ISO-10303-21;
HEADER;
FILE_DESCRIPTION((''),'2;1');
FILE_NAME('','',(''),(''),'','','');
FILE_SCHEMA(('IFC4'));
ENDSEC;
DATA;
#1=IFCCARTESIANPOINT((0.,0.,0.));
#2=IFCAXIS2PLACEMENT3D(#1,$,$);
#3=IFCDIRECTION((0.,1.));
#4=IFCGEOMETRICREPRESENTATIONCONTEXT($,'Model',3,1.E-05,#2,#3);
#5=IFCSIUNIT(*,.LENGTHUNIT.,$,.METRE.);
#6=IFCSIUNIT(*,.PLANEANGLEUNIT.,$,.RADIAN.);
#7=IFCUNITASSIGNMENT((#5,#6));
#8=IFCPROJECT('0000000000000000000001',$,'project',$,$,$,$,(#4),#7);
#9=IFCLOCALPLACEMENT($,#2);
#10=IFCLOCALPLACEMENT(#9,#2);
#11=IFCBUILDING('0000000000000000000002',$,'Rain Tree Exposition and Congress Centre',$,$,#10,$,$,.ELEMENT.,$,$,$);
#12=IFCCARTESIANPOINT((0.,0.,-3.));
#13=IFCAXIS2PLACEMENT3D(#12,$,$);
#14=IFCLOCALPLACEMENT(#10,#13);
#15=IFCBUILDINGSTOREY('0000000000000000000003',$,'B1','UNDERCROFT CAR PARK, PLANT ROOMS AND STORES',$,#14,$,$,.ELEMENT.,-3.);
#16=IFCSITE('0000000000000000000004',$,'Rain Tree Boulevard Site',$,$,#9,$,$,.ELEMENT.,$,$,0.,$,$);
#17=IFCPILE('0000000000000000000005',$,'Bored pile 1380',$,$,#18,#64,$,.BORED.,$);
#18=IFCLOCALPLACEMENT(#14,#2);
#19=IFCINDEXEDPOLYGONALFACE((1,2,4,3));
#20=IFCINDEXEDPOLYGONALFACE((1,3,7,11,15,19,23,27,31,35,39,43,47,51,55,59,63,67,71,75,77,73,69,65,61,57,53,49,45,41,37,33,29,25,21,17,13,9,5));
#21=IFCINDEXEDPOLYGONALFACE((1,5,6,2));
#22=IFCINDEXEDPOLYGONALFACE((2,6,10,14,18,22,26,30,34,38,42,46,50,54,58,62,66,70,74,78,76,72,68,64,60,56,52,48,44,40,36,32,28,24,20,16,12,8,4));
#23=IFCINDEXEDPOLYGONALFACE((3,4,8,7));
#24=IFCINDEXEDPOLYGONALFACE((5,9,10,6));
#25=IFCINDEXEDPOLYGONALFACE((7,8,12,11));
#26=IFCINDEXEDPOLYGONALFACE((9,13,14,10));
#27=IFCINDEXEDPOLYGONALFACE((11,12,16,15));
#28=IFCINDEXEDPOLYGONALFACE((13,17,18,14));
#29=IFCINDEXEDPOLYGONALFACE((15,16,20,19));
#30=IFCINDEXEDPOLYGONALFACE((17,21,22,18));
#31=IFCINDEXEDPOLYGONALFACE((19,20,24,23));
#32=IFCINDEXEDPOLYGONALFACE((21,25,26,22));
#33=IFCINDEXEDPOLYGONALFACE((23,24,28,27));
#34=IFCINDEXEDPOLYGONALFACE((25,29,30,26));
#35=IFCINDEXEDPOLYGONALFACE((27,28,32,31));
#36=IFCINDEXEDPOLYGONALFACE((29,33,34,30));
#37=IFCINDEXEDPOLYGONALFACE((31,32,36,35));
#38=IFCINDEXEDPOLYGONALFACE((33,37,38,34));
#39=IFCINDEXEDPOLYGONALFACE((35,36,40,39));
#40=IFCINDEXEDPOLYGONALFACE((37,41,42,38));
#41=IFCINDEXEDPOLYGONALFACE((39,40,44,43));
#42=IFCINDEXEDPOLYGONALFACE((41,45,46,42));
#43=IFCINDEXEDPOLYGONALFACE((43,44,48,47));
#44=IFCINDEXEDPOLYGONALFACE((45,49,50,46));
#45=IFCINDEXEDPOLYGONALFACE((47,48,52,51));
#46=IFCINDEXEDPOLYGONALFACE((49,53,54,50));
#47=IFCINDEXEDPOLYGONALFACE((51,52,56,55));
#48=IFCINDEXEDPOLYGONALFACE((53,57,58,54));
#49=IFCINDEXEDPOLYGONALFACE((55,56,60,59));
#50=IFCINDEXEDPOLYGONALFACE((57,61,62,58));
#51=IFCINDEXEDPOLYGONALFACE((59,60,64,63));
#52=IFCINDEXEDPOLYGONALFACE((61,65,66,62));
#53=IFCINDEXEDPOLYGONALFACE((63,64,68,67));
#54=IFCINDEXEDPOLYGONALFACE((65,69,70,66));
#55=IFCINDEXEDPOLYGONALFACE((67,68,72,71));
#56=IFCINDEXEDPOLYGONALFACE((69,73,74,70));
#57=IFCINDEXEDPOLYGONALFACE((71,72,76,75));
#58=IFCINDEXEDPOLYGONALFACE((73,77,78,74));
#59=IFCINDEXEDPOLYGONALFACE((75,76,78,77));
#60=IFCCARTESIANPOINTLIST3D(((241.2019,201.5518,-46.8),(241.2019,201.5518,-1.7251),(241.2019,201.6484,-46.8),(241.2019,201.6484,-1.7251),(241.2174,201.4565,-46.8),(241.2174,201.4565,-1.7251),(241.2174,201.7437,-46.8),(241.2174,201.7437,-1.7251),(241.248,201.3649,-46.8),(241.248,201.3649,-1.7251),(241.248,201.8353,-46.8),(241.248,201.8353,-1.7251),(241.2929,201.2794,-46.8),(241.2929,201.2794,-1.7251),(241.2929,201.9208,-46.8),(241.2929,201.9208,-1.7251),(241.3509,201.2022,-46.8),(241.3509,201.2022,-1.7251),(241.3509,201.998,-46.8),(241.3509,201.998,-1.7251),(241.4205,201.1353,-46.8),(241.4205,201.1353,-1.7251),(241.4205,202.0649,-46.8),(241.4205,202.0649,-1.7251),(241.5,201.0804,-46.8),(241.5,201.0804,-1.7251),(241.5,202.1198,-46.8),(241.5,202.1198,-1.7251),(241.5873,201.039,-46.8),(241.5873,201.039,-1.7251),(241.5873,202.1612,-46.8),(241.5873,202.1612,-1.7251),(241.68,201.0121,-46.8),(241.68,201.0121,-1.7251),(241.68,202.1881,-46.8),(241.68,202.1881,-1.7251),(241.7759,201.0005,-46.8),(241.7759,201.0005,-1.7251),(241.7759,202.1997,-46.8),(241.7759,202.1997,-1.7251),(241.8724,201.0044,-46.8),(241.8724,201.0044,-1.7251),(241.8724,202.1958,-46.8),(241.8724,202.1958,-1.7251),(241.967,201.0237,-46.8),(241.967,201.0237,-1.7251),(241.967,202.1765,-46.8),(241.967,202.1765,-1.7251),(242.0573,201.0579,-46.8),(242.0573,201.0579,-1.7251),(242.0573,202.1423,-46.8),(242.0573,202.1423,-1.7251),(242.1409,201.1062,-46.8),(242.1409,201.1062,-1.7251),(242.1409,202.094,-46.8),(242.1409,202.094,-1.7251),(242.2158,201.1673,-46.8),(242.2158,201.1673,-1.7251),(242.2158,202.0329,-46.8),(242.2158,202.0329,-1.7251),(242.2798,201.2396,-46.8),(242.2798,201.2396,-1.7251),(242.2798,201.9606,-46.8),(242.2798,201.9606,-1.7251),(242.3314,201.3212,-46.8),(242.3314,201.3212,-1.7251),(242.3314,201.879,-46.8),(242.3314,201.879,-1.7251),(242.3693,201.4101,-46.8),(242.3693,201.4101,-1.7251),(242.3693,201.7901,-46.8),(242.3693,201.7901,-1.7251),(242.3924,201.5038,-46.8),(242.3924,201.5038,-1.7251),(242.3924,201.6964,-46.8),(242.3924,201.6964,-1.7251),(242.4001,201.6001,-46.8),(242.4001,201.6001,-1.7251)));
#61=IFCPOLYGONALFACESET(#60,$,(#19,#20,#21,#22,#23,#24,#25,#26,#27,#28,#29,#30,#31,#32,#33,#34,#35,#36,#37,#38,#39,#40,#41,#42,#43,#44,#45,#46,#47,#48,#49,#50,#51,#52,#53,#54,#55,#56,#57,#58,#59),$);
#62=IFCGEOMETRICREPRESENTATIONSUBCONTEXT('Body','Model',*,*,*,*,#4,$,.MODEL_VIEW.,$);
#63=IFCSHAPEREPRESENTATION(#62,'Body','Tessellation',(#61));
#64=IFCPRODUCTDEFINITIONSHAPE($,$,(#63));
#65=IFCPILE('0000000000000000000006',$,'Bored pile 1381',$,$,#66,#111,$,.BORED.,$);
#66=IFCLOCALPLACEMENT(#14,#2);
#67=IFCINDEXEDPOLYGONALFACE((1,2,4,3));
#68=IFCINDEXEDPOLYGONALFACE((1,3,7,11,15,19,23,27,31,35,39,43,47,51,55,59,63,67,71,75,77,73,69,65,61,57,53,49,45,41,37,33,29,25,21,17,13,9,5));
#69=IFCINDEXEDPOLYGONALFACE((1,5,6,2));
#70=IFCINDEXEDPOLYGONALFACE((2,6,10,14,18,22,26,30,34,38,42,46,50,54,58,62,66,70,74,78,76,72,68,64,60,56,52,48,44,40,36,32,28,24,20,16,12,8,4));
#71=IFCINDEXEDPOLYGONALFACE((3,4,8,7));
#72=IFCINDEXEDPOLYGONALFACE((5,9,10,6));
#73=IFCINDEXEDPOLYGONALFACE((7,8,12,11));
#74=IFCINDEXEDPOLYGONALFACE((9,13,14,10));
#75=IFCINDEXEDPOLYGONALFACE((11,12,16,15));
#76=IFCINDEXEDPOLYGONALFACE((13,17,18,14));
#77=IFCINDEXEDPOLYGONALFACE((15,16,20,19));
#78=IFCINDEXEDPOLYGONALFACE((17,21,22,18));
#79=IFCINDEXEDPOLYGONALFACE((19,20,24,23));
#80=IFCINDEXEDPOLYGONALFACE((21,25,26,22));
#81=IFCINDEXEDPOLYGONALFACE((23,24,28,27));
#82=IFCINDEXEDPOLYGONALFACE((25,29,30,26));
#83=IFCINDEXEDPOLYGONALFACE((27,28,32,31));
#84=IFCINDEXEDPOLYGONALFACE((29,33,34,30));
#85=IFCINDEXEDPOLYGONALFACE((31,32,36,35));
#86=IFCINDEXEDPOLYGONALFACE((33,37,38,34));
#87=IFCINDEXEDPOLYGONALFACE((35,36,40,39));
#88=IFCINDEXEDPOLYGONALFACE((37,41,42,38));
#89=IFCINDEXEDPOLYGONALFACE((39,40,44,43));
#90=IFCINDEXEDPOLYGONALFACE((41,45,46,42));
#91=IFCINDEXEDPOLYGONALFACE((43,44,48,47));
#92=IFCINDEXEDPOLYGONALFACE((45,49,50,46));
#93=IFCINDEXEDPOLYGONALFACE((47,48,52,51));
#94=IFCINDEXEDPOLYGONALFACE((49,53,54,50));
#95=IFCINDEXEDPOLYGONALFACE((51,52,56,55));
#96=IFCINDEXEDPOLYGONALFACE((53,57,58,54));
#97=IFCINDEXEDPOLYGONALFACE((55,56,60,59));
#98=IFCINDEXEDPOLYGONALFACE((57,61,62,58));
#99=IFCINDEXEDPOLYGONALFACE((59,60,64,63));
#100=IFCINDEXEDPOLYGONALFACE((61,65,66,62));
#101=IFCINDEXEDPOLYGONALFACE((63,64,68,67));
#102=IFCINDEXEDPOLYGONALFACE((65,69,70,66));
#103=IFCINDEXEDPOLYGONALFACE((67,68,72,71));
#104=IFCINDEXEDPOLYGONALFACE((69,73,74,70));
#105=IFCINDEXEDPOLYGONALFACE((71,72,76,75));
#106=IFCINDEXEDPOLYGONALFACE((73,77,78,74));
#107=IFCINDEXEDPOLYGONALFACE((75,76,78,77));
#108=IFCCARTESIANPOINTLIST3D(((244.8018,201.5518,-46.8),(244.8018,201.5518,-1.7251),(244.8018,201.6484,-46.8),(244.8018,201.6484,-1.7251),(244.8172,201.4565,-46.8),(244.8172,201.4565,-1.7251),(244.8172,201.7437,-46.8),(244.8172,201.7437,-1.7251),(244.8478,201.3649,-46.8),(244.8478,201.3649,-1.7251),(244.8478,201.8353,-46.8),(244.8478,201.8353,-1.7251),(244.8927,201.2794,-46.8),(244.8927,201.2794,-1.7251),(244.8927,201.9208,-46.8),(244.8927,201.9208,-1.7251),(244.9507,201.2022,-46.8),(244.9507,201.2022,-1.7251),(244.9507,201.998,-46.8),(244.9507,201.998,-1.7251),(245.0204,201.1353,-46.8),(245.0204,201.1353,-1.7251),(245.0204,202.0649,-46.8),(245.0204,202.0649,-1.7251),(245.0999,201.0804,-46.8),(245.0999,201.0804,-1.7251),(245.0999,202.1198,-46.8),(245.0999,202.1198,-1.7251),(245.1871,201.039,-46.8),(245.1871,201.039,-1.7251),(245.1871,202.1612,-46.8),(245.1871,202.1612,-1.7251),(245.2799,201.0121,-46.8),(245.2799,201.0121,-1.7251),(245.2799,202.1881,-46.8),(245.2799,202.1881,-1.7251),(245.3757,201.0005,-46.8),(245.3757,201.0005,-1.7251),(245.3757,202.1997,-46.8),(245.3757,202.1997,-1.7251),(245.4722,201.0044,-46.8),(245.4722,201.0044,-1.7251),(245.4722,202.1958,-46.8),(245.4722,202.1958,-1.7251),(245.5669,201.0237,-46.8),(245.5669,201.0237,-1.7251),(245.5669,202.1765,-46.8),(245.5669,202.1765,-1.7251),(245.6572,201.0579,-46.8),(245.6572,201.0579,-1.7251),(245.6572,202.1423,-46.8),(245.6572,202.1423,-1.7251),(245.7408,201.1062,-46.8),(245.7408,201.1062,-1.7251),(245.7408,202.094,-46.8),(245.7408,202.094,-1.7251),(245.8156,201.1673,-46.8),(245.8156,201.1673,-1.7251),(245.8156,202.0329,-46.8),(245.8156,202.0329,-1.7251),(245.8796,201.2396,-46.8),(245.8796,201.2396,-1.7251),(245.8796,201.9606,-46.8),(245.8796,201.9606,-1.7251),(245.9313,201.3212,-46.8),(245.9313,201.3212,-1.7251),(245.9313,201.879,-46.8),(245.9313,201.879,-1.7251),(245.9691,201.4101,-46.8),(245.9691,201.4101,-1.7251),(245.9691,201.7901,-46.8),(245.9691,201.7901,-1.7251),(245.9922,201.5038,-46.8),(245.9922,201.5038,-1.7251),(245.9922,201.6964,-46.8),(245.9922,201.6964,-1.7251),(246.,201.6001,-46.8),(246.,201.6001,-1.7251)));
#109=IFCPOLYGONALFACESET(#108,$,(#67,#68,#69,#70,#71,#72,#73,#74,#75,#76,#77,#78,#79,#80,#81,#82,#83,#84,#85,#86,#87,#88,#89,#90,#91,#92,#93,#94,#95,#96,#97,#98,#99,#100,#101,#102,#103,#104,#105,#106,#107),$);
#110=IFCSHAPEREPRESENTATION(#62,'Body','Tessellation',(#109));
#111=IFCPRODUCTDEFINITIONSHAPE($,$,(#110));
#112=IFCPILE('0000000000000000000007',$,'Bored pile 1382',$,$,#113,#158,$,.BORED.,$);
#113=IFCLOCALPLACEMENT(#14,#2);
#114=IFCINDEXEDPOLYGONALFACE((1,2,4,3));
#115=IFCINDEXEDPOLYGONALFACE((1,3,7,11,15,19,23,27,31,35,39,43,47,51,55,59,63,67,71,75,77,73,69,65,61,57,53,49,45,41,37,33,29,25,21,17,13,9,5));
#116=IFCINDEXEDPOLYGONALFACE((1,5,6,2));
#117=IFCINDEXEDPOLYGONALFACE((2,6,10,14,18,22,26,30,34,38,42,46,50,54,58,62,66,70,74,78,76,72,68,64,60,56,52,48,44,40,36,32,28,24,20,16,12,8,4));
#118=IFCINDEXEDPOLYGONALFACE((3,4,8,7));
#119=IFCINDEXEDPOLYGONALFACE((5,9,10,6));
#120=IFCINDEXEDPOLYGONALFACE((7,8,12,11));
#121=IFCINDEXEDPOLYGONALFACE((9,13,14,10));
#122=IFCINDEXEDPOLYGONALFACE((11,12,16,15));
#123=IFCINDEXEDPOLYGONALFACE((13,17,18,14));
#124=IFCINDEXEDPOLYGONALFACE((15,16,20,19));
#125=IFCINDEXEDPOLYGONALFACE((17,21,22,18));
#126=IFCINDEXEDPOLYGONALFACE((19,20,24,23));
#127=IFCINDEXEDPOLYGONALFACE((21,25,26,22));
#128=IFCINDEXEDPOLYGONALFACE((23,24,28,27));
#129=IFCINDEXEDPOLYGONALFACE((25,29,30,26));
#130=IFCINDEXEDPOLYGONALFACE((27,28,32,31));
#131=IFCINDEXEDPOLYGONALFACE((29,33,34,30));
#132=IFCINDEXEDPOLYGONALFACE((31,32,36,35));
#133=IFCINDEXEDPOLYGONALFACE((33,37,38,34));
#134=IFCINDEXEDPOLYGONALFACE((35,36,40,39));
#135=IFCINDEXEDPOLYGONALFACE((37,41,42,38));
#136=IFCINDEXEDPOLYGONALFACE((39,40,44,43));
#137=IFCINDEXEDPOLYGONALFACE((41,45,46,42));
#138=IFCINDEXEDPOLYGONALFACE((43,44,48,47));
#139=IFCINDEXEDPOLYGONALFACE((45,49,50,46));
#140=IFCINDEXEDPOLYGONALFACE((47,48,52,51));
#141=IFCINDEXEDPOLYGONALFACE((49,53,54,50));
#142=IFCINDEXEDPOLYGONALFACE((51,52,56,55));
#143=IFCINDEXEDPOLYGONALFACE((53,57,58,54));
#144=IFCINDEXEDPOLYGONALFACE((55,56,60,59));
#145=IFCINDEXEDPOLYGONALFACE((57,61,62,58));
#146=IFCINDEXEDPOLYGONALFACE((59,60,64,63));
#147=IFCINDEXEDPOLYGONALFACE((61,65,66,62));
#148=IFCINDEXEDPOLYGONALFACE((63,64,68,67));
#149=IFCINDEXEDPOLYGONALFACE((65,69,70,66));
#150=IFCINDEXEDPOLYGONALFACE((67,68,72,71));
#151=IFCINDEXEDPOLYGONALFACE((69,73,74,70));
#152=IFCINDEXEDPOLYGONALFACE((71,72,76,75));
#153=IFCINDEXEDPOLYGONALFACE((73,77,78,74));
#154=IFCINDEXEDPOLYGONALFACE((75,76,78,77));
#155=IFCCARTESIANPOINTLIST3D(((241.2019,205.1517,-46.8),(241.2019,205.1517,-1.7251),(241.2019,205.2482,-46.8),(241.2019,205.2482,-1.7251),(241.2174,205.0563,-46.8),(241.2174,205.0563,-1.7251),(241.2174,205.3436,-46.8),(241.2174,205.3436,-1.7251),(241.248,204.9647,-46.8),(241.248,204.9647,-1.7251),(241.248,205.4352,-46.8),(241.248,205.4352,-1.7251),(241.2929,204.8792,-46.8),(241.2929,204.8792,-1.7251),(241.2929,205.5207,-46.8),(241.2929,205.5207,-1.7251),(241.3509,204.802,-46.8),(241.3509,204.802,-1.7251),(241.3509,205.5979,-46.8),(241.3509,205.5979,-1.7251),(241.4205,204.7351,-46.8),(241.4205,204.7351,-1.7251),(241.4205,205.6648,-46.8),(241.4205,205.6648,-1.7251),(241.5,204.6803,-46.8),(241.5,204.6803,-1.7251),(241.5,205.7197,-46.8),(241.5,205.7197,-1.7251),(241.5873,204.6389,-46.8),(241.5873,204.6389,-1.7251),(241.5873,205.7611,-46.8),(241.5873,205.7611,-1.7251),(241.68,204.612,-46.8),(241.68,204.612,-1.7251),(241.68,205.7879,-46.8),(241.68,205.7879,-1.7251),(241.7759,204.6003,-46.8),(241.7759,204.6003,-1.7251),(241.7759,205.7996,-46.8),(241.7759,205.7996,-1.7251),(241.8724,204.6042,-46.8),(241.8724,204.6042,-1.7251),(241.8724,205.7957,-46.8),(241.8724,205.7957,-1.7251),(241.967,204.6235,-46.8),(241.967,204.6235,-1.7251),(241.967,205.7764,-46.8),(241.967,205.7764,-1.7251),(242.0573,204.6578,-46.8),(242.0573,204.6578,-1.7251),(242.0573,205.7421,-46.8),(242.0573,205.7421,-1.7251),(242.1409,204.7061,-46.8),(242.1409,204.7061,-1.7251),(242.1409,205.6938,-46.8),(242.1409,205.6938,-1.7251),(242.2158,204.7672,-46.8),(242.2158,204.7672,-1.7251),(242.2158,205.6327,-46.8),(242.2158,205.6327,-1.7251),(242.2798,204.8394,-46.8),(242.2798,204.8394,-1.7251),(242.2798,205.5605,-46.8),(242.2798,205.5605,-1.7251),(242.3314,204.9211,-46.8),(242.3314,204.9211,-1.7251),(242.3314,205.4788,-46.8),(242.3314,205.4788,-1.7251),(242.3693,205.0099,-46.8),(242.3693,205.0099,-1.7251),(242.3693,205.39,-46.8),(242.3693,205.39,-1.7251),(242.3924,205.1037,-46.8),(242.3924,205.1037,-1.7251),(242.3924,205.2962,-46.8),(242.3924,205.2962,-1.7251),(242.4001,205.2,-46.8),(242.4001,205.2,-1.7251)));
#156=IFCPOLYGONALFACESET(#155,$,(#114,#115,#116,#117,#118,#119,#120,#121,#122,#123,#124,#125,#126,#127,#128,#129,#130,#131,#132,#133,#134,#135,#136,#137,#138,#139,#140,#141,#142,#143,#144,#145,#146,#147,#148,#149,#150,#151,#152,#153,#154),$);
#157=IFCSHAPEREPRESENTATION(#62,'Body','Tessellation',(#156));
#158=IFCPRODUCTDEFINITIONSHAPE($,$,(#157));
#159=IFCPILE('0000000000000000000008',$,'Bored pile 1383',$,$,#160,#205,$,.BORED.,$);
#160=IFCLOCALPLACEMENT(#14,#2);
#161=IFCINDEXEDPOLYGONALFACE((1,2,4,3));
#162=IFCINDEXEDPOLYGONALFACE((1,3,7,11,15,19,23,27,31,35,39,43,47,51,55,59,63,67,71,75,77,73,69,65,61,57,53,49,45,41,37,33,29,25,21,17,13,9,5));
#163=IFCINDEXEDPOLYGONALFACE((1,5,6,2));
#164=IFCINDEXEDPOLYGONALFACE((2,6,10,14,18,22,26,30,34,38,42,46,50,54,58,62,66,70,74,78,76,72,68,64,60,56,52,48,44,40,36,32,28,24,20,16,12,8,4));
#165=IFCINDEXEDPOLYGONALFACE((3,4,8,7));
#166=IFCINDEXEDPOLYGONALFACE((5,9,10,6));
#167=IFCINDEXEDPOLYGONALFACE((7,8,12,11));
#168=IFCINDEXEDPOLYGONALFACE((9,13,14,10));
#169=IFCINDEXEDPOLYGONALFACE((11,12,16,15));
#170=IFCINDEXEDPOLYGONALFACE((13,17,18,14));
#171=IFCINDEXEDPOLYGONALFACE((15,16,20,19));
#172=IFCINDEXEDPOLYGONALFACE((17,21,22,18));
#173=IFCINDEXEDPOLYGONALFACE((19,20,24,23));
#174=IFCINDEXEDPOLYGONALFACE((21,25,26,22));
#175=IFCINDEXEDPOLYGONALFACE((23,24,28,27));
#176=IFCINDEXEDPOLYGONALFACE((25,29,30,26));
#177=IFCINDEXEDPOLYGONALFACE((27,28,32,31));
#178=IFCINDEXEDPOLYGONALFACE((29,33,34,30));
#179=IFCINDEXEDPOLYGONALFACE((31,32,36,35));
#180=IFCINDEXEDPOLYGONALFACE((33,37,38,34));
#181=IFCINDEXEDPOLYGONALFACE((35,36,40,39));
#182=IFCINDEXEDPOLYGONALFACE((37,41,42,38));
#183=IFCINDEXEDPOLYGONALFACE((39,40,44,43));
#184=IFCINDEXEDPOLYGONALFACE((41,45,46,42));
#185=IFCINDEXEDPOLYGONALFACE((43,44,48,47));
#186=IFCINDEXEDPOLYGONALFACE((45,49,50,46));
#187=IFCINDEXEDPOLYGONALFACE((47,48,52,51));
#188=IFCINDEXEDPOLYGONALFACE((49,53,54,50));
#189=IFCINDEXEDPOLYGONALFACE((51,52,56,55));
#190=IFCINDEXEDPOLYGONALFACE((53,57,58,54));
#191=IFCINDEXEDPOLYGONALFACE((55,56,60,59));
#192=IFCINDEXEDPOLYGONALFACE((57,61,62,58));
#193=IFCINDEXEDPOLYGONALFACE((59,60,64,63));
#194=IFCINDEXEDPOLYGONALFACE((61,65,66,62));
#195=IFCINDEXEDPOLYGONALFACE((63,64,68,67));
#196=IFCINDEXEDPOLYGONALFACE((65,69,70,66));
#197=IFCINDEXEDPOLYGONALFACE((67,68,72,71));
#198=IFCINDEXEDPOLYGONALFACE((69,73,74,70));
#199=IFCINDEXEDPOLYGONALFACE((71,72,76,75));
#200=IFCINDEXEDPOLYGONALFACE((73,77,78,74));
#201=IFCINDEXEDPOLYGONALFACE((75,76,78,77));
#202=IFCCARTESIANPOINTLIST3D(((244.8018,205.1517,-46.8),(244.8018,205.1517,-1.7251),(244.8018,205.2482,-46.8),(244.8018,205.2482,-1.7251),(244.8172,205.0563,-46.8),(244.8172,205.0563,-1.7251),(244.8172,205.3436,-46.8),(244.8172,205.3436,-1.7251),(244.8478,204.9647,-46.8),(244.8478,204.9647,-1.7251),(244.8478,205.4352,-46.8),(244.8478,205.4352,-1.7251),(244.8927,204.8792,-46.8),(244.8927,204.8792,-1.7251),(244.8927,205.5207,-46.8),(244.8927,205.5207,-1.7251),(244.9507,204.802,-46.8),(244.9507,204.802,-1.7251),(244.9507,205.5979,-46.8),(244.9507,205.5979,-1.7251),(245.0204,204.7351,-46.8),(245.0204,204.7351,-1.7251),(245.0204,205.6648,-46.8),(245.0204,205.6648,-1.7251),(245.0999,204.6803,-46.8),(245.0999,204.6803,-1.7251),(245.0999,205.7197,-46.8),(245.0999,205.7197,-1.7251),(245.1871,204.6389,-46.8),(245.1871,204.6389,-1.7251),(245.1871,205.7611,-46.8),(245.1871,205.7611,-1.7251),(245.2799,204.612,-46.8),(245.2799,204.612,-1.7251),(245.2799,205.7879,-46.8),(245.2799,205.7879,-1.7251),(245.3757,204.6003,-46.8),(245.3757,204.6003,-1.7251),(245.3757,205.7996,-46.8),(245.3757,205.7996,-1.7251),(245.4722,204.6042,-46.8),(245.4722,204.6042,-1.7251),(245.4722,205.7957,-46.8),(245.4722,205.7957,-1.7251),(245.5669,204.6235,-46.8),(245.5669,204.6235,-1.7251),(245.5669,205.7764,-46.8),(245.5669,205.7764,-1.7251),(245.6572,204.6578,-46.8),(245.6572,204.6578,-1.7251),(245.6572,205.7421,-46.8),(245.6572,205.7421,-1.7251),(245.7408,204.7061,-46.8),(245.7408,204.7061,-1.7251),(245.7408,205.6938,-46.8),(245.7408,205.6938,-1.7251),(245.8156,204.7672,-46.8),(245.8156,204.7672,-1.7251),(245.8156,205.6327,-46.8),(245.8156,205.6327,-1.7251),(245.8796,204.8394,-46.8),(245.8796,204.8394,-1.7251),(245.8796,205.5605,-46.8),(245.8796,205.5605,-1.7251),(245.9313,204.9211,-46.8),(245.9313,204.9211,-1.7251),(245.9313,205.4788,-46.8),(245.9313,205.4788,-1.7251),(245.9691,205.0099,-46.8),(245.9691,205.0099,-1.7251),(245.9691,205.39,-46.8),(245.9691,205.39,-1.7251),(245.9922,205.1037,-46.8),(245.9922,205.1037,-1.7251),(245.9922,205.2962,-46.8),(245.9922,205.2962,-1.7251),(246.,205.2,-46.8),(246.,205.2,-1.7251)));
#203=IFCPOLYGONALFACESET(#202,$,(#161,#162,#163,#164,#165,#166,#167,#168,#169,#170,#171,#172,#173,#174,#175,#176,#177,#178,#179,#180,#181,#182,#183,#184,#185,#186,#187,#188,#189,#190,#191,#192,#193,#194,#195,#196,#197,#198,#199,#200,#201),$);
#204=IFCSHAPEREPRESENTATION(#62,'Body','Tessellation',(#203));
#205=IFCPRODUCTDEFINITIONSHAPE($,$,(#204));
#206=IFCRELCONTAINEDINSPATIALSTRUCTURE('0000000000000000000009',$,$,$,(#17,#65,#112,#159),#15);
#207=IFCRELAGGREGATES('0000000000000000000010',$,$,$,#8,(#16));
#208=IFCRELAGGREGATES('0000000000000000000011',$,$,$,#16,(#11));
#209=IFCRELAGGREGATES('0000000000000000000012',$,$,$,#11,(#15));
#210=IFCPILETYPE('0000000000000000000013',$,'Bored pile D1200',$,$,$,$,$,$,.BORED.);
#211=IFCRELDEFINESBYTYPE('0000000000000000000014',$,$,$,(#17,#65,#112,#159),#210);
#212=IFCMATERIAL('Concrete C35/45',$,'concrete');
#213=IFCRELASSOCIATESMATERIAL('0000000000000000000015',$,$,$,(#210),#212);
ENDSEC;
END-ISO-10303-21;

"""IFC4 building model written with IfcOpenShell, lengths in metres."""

from ifc_helpers import new_model, si_unit, direction, frame, origin, origin_2d, place, context, subcontext, project, spatial, circle, extrude, material, material_profile, profile_set, type_object, element, save


model = new_model("IFC4")

# Units and contexts
model_context = context("Model", 3, precision=1e-05, world=origin(), true_north=direction((0.0, 1.0)))
body_context = subcontext(model_context, "Body", "Model", "MODEL_VIEW")
ifc_project = project(units=[si_unit("LENGTHUNIT", "METRE"), si_unit("PLANEANGLEUNIT", "RADIAN")], contexts=[model_context])

# Site, building, storey
site_placement = place(None, origin())
site = spatial("IfcSite", under=ifc_project, at=site_placement, Name="Rain Tree Boulevard Site", CompositionType="ELEMENT", RefElevation=0.0)
building_placement = place(site_placement, origin())
building = spatial("IfcBuilding", under=site, at=building_placement, Name="Rain Tree Exposition and Congress Centre", CompositionType="ELEMENT")
storey_placement = place(building_placement, frame((0.0, 0.0, -3.0)))
storey = spatial("IfcBuildingStorey", under=building, at=storey_placement, Name="B1", Description="UNDERCROFT CAR PARK, PLANT ROOMS AND STORES", CompositionType="ELEMENT", Elevation=-3.0)

# Piles
ifc_material_1 = material(Name="Concrete C35/45", Category="concrete")
ifc_material_profile_1 = material_profile(ifc_material_1, circle(Radius=0.6001, at=origin_2d()), Name="D1200")
ifc_profile_set_1 = profile_set([ifc_material_profile_1], Name="Concrete C35/45")
pile_type_1 = type_object("IfcPileType", Name="Bored pile D1200", PredefinedType="BORED", material=ifc_profile_set_1)
for number, where, z_axis, x_axis, name in (
    (1, (241.8, 201.6001, -1.7251), (0.0, 0.0, -1.0), (1.0, 0.0, 0.0), "Bored pile 1380"),
    (2, (245.3999, 201.6001, -1.7251), (0.0, 0.0, -1.0), (1.0, 0.0, 0.0), "Bored pile 1381"),
    (3, (241.8, 205.2, -1.7251), (0.0, 0.0, -1.0), (1.0, 0.0, 0.0), "Bored pile 1382"),
    (4, (245.3999, 205.2, -1.7251), (0.0, 0.0, -1.0), (1.0, 0.0, 0.0), "Bored pile 1383"),
):
    element("IfcPile", number, at=place(storey_placement, frame(where, z_axis=z_axis, x_axis=x_axis)), inside=storey, type_object=pile_type_1, Name=name, PredefinedType="BORED", context=body_context, shape_type="SweptSolid", body=[
        extrude(circle(Radius=0.6001, at=origin_2d()), origin(), (0.0, 0.0, 1.0), 45.075),
    ])

save(model, "model.ifc")
